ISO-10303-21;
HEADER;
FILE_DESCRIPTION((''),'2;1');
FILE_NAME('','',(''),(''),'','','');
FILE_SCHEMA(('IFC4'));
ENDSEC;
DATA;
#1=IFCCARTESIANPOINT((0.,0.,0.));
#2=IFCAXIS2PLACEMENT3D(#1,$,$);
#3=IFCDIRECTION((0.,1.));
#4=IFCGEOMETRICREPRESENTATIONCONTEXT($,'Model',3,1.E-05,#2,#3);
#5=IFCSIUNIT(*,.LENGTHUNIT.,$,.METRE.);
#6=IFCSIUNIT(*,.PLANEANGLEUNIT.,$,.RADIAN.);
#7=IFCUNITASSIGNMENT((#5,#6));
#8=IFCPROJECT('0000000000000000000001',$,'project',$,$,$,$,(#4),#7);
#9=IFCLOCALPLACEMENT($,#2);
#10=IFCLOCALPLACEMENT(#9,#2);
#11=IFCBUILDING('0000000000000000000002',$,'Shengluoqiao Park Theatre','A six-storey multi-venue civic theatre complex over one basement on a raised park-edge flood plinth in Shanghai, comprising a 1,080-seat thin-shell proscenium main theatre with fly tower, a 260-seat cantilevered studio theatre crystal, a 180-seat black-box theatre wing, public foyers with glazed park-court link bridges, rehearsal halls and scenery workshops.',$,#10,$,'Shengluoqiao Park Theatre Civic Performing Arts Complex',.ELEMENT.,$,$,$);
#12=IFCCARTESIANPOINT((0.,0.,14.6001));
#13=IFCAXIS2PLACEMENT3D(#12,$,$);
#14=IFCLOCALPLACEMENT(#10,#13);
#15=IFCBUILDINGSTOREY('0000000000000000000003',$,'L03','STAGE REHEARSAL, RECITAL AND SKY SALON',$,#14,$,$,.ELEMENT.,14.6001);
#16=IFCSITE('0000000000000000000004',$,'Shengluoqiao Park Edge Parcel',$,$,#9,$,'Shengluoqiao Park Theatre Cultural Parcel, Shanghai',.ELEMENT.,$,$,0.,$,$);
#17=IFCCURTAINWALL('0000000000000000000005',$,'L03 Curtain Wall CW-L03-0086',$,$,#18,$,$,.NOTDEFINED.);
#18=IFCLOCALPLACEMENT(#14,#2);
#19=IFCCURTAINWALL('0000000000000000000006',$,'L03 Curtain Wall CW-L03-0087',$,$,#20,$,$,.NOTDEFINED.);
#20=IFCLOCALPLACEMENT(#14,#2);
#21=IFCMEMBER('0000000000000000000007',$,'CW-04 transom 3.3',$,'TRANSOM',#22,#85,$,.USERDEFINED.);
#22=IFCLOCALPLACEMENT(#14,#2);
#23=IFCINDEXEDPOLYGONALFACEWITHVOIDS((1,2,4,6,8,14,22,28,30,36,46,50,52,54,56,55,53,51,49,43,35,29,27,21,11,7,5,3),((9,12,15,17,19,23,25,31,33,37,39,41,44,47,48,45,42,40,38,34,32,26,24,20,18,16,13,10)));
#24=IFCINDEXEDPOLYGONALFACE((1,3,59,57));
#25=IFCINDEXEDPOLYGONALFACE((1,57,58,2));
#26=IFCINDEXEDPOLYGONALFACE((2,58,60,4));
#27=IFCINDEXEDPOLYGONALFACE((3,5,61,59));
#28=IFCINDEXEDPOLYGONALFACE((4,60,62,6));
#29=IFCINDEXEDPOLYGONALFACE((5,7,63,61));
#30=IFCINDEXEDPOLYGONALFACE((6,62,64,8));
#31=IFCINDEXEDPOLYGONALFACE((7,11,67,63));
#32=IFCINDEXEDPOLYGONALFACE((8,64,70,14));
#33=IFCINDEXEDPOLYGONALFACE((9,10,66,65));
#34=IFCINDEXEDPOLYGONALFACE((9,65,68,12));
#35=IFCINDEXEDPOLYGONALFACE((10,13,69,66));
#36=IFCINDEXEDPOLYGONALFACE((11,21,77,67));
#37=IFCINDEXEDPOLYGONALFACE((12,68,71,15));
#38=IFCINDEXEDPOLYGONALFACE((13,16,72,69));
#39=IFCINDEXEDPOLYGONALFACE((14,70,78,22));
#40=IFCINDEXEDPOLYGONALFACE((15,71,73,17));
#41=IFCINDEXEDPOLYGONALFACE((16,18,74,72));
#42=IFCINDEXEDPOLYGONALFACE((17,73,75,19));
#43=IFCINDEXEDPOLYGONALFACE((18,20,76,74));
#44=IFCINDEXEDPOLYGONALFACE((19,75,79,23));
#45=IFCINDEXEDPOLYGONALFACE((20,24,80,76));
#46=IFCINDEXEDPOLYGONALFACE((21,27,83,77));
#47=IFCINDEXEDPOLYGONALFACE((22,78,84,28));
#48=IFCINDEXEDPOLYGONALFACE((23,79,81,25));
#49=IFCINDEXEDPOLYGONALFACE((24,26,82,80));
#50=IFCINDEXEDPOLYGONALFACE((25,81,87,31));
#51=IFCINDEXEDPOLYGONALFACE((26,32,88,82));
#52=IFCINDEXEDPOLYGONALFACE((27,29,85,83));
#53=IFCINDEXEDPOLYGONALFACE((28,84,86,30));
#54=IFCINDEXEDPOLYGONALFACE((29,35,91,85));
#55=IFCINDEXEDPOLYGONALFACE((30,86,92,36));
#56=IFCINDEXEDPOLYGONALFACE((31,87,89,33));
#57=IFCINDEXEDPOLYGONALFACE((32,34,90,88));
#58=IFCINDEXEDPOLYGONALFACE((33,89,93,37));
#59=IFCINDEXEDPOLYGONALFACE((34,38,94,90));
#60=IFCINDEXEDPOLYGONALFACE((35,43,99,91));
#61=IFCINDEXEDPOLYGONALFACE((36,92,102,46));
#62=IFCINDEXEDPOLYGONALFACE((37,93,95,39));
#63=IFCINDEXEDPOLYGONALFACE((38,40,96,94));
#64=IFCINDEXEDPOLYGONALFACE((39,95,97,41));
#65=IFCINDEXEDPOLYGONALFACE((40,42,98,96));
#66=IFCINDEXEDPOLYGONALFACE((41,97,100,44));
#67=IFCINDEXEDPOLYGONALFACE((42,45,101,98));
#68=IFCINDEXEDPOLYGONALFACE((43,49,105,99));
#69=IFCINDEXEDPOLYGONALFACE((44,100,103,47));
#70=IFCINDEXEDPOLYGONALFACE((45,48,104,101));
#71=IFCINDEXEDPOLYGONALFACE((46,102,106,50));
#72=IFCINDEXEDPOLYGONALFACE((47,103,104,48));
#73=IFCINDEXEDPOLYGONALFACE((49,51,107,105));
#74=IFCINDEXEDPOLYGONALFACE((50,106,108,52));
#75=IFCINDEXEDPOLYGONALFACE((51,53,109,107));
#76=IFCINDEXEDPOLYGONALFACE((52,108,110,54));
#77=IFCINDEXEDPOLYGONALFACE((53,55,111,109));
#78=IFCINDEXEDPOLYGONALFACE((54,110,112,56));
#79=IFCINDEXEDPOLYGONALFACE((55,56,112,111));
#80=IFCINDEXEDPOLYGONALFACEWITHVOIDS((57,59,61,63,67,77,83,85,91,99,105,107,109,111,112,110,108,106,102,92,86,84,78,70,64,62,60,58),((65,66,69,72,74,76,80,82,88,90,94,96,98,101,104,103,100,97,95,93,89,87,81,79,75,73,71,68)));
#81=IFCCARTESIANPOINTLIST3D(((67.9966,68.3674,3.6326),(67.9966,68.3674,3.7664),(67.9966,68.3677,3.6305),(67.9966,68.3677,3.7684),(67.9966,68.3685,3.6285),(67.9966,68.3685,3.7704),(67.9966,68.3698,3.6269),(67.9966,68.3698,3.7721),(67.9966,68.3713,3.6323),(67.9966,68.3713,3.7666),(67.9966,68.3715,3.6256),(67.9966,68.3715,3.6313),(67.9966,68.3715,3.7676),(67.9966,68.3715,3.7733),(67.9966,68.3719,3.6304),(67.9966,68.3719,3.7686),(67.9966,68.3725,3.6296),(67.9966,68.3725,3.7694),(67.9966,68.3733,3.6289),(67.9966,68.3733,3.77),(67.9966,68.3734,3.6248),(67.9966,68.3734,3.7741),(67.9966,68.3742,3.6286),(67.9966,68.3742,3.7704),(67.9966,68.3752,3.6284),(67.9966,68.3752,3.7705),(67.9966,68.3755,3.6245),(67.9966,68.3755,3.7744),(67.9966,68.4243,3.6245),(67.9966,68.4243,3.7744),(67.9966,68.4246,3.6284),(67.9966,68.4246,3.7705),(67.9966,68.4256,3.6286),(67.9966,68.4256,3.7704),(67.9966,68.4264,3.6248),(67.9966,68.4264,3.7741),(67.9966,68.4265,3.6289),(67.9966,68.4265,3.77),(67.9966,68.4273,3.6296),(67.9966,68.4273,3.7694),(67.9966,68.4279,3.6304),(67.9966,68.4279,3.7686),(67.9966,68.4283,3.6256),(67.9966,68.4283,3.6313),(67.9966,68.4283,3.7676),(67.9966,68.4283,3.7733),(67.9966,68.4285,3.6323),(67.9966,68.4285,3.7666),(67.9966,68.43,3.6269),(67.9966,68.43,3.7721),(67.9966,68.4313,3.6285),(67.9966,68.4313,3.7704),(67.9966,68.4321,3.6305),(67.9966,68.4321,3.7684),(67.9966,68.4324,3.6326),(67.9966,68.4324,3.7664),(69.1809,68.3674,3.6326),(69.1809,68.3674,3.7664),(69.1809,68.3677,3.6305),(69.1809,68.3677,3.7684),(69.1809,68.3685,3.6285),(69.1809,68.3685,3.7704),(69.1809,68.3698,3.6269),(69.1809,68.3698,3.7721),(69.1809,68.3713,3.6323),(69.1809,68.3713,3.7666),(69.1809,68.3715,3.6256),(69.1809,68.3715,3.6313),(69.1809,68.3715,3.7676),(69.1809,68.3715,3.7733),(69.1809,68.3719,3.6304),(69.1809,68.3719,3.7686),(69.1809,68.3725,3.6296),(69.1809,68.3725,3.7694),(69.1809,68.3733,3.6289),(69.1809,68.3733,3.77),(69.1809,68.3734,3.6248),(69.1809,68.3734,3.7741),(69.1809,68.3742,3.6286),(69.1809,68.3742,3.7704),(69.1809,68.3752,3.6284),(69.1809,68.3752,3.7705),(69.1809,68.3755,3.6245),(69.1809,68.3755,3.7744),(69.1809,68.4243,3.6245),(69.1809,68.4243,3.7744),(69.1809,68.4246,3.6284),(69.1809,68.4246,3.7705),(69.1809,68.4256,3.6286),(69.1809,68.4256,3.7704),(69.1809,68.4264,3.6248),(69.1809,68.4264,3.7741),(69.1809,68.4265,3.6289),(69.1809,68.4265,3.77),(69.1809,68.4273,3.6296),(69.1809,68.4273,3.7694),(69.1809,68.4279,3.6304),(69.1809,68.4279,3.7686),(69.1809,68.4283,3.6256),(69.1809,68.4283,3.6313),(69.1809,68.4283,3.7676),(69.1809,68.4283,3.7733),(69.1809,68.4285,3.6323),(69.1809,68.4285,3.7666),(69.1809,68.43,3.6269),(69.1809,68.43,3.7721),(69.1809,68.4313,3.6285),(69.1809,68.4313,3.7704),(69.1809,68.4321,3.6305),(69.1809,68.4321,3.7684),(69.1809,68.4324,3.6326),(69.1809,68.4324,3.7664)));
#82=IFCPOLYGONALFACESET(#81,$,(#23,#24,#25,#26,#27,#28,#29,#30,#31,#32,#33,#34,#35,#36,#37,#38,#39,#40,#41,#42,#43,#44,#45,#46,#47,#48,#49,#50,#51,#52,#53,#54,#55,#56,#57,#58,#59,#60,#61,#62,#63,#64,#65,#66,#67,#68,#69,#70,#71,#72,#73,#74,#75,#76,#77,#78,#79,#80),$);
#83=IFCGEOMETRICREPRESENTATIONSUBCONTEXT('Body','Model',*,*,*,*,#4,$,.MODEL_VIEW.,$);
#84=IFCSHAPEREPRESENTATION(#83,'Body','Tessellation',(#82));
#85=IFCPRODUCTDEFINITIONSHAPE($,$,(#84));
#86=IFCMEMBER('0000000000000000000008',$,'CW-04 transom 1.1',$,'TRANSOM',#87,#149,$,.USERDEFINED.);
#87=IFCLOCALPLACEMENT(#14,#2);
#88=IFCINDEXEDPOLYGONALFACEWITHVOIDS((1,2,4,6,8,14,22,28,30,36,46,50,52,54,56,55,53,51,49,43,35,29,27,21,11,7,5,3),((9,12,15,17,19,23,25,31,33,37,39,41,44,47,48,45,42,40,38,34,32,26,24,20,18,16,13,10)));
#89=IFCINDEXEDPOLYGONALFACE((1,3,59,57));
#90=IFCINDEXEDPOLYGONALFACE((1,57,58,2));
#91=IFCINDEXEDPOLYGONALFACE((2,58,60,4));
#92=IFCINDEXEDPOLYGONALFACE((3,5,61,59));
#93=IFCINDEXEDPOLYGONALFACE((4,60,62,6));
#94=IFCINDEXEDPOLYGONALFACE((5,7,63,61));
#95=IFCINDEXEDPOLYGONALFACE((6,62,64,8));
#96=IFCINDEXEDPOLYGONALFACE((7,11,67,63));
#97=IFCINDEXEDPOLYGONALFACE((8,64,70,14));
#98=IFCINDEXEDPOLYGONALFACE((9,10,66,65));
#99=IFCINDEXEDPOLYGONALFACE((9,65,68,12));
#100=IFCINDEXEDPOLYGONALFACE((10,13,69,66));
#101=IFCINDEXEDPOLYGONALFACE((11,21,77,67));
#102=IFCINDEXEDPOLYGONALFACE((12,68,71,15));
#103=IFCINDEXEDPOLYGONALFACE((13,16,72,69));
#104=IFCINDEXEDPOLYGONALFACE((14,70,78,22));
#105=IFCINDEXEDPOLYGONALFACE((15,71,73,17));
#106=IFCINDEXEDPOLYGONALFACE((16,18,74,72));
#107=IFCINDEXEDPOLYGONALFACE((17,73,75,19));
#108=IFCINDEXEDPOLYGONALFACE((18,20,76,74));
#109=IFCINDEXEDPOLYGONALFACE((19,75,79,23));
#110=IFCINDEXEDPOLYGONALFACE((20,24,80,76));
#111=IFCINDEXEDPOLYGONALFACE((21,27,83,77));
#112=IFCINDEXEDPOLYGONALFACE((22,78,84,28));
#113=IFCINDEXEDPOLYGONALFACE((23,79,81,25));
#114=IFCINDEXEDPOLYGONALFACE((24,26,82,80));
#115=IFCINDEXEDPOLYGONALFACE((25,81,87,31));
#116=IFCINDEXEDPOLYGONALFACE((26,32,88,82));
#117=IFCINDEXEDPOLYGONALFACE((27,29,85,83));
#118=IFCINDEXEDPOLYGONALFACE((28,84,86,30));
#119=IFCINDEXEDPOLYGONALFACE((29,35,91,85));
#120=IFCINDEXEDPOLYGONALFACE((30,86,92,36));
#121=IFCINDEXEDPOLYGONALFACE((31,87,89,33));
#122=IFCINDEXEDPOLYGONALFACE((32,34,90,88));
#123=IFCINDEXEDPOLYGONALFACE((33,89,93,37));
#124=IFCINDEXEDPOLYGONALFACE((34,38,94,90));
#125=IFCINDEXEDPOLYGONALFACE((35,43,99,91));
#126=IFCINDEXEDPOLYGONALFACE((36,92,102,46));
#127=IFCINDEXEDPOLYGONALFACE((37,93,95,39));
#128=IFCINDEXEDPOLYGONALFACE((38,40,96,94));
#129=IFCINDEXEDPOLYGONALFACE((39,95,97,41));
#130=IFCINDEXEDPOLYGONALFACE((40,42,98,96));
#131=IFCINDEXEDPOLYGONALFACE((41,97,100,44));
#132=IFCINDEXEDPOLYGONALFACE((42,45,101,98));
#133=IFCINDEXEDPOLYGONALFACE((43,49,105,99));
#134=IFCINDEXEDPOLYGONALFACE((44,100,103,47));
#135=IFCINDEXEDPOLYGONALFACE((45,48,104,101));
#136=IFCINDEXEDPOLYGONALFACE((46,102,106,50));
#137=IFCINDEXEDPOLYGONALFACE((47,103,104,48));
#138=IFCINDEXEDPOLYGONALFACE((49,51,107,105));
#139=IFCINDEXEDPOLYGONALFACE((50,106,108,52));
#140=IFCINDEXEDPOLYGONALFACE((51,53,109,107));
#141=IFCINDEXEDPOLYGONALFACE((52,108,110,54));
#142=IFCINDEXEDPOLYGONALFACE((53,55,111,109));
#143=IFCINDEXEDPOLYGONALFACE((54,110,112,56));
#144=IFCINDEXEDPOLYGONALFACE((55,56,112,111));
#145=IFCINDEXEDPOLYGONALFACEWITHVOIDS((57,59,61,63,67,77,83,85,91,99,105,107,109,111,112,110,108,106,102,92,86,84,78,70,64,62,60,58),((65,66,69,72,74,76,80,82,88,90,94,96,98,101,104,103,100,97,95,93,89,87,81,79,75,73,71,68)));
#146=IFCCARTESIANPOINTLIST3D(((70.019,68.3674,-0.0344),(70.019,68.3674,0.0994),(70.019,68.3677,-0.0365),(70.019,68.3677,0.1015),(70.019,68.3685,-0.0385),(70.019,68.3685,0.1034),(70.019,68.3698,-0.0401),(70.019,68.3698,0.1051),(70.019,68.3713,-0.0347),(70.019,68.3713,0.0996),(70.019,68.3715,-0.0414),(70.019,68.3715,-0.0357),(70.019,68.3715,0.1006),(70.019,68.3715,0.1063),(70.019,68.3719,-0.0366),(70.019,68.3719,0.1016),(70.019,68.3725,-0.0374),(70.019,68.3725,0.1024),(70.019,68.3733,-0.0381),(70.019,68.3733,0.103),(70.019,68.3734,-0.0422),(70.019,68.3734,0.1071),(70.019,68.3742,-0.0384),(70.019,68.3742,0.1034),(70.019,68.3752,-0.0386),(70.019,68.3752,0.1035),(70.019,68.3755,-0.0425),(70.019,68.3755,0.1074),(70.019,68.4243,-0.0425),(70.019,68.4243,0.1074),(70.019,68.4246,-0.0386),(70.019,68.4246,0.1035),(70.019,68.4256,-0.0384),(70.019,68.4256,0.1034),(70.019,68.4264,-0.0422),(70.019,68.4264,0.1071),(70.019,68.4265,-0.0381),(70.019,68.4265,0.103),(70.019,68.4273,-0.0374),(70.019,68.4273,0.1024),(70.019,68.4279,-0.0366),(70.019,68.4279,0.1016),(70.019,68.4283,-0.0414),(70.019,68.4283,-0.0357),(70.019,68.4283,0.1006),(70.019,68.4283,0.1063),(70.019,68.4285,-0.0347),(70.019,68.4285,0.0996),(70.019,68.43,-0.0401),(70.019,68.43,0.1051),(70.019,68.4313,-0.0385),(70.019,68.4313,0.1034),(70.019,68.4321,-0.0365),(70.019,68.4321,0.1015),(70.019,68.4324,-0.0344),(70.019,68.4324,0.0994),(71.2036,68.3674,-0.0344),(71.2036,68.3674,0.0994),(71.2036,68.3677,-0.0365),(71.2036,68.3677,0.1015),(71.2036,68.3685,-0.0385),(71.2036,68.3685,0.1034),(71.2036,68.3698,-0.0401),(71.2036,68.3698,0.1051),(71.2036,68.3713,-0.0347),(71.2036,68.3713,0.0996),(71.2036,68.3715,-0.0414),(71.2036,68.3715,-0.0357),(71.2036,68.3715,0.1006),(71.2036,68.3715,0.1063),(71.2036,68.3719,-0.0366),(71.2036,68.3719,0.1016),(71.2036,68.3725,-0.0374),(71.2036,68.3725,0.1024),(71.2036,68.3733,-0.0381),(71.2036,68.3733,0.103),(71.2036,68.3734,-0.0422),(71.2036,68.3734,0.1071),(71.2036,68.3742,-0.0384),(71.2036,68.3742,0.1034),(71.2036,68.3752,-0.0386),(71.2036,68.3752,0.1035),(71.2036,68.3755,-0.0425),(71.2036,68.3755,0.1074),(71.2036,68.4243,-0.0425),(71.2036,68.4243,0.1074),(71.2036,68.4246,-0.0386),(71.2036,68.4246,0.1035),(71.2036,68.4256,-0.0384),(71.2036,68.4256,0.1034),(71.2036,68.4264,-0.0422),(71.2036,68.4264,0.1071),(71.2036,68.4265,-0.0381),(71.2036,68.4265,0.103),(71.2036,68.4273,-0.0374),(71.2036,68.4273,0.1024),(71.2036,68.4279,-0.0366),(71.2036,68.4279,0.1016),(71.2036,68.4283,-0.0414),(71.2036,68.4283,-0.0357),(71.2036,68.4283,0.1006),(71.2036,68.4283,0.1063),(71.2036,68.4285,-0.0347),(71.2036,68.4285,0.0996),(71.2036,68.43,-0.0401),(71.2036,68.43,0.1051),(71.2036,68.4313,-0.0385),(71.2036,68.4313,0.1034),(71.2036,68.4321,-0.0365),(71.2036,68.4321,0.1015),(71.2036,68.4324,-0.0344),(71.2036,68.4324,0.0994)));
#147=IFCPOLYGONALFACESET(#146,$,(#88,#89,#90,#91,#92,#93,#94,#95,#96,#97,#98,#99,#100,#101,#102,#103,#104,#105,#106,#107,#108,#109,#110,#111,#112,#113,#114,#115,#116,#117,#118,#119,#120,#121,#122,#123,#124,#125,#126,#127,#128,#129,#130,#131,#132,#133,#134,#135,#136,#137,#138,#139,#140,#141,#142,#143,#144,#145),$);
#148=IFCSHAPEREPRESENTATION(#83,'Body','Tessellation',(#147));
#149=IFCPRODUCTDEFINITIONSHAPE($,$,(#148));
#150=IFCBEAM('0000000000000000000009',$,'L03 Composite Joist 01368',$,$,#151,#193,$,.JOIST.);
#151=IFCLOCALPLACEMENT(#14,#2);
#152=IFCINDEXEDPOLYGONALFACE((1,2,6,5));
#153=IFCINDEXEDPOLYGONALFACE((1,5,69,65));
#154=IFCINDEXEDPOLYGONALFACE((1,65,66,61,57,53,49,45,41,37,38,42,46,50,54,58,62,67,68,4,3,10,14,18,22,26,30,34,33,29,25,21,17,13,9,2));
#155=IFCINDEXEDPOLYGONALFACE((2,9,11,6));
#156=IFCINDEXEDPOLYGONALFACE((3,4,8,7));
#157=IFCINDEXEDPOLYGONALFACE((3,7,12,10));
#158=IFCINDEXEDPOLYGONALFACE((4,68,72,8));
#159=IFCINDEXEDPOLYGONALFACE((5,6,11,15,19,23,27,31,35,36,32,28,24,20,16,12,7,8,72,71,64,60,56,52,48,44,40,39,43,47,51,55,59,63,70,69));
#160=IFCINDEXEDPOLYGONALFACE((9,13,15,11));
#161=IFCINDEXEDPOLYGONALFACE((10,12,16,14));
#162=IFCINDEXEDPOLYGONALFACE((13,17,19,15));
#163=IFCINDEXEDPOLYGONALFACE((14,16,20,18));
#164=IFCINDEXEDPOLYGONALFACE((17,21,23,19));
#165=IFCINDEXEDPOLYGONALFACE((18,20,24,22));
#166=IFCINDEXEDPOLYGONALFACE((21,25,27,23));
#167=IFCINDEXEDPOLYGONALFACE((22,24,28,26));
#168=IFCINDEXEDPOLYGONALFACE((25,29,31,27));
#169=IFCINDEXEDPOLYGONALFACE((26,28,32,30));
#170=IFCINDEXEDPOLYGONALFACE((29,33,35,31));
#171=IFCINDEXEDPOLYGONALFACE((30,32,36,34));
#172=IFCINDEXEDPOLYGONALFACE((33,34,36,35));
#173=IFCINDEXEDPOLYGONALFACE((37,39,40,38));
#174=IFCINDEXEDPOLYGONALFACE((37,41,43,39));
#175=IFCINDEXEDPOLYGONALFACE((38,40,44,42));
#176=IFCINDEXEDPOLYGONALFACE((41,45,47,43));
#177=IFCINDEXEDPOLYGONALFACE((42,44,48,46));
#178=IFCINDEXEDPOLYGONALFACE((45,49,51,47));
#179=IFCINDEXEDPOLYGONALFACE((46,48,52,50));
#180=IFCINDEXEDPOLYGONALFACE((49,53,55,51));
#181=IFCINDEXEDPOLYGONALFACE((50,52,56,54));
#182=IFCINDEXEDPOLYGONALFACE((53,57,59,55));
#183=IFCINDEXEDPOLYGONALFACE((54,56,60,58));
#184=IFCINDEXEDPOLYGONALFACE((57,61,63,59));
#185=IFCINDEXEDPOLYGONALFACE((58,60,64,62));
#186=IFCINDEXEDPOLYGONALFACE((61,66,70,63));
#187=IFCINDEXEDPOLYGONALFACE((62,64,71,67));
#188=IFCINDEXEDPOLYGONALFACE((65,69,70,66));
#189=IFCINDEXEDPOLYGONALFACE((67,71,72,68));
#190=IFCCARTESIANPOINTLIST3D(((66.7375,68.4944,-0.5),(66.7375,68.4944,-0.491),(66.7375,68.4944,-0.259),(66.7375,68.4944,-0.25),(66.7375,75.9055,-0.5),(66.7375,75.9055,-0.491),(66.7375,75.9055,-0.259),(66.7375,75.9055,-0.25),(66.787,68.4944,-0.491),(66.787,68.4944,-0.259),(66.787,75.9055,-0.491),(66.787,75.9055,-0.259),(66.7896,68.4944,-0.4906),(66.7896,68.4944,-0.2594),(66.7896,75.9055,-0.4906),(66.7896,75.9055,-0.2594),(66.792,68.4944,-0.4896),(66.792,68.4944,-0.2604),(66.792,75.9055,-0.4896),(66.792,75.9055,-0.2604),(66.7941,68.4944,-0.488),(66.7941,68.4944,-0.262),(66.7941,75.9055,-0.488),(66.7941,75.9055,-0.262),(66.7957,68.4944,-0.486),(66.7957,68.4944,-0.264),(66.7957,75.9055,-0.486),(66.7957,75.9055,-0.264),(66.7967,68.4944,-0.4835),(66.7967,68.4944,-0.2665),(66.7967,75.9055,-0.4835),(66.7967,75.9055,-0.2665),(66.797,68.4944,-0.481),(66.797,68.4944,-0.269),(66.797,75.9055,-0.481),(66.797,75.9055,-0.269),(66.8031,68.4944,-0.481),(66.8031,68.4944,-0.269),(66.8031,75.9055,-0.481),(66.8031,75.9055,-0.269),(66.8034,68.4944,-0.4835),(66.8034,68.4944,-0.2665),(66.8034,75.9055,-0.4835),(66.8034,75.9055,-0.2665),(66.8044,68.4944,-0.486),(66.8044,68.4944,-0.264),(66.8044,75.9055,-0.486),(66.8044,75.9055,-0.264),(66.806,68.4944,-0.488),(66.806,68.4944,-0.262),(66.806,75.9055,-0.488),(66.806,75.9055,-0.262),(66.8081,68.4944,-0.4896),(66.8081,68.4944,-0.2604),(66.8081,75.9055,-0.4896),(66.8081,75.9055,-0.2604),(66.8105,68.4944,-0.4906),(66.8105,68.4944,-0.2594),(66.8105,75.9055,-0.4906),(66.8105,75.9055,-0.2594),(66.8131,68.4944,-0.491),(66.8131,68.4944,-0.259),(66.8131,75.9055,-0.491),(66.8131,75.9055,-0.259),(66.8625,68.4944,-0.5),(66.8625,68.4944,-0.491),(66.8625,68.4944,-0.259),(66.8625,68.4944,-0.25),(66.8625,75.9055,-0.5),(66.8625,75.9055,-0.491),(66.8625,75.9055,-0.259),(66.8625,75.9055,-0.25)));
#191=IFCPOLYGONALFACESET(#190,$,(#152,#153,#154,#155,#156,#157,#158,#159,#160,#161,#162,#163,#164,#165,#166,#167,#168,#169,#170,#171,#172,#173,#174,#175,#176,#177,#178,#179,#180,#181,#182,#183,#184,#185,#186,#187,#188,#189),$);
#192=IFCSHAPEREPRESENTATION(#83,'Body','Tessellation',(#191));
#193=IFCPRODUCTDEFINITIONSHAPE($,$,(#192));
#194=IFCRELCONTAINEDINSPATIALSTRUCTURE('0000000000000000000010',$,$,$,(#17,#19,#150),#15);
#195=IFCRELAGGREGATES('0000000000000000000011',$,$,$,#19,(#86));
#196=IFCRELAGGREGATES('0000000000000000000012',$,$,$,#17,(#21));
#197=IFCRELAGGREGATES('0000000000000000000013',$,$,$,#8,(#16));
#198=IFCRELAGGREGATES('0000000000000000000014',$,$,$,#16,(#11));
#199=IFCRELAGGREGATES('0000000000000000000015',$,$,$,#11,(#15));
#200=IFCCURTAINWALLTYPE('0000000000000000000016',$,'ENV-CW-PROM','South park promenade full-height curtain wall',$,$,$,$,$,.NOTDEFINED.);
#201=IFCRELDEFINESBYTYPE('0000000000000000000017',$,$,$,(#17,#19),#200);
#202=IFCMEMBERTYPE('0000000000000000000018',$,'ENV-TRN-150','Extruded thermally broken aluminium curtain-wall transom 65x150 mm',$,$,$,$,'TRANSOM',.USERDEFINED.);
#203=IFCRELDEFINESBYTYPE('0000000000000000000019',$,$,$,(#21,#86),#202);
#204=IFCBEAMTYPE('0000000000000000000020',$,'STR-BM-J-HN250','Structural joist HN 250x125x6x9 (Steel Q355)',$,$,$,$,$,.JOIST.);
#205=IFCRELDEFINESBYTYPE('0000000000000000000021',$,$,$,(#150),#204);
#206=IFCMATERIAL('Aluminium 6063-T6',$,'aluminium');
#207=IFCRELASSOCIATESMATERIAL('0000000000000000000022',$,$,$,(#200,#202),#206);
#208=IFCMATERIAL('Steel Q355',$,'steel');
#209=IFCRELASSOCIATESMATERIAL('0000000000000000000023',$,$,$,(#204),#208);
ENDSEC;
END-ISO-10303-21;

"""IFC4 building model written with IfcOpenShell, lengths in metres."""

from ifc_helpers import new_model, si_unit, direction, frame, origin, origin_2d, place, context, subcontext, project, spatial, hollow_rectangle, i_section, extrude, material, material_profile, profile_set, type_object, element, aggregate, save


model = new_model("IFC4")

# Units and contexts
model_context = context("Model", 3, precision=1e-05, world=origin(), true_north=direction((0.0, 1.0)))
body_context = subcontext(model_context, "Body", "Model", "MODEL_VIEW")
ifc_project = project(units=[si_unit("LENGTHUNIT", "METRE"), si_unit("PLANEANGLEUNIT", "RADIAN")], contexts=[model_context])

# Site, building, storey
site_placement = place(None, origin())
site = spatial("IfcSite", under=ifc_project, at=site_placement, Name="Shengluoqiao Park Edge Parcel", LongName="Shengluoqiao Park Theatre Cultural Parcel, Shanghai", CompositionType="ELEMENT", RefElevation=0.0)
building_placement = place(site_placement, origin())
building = spatial("IfcBuilding", under=site, at=building_placement, Name="Shengluoqiao Park Theatre", Description="A six-storey multi-venue civic theatre complex over one basement on a raised park-edge flood plinth in Shanghai, comprising a 1,080-seat thin-shell proscenium main theatre with fly tower, a 260-seat cantilevered studio theatre crystal, a 180-seat black-box theatre wing, public foyers with glazed park-court link bridges, rehearsal halls and scenery workshops.", LongName="Shengluoqiao Park Theatre Civic Performing Arts Complex", CompositionType="ELEMENT")
storey_placement = place(building_placement, frame((0.0, 0.0, 14.6001)))
storey = spatial("IfcBuildingStorey", under=building, at=storey_placement, Name="L03", Description="STAGE REHEARSAL, RECITAL AND SKY SALON", CompositionType="ELEMENT", Elevation=14.6001)

# Shared definitions
ifc_material_1 = material(Name="Aluminium 6063-T6", Category="aluminium")
curtain_wall_type = type_object("IfcCurtainWallType", Name="ENV-CW-PROM", Description="South park promenade full-height curtain wall", PredefinedType="NOTDEFINED", material=ifc_material_1)

# Curtain wall
curtain_wall_1_placement = place(storey_placement, origin())
curtain_wall_1 = element("IfcCurtainWall", 1, at=curtain_wall_1_placement, inside=storey, type_object=curtain_wall_type, Name="L03 Curtain Wall CW-L03-0086", PredefinedType="NOTDEFINED")

# Curtain wall
curtain_wall_2_placement = place(storey_placement, origin())
curtain_wall_2 = element("IfcCurtainWall", 2, at=curtain_wall_2_placement, inside=storey, type_object=curtain_wall_type, Name="L03 Curtain Wall CW-L03-0087", PredefinedType="NOTDEFINED")

# Members
ifc_material_profile_1 = material_profile(ifc_material_1, hollow_rectangle(XDim=0.0649, YDim=0.1499, WallThickness=0.0039, InnerFilletRadius=0.0039, OuterFilletRadius=0.0081, at=origin_2d()), Name="ALU TRANSOM 150x65x4")
ifc_profile_set_1 = profile_set([ifc_material_profile_1], Name="Aluminium 6063-T6")
member_type_1 = type_object("IfcMemberType", Name="ENV-TRN-150", Description="Extruded thermally broken aluminium curtain-wall transom 65x150 mm", ElementType="TRANSOM", PredefinedType="USERDEFINED", material=ifc_profile_set_1)
member_1_placement = place(storey_placement, frame((67.9966, 68.3999, 3.6995), z_axis=(1.0, 0.0, 0.0), x_axis=(0.0, 1.0, 0.0)))
member_1 = element("IfcMember", 3, at=member_1_placement, type_object=member_type_1, Name="CW-04 transom 3.3", ObjectType="TRANSOM", PredefinedType="USERDEFINED", context=body_context, shape_type="SweptSolid", body=[
    extrude(hollow_rectangle(XDim=0.0649, YDim=0.1499, WallThickness=0.0039, InnerFilletRadius=0.0039, OuterFilletRadius=0.0081, at=origin_2d()), origin(), (0.0, 0.0, 1.0), 1.1843),
])
member_2_placement = place(storey_placement, frame((70.019, 68.3999, 0.0325), z_axis=(1.0, 0.0, 0.0), x_axis=(0.0, 1.0, 0.0)))
member_2 = element("IfcMember", 4, at=member_2_placement, type_object=member_type_1, Name="CW-04 transom 1.1", ObjectType="TRANSOM", PredefinedType="USERDEFINED", context=body_context, shape_type="SweptSolid", body=[
    extrude(hollow_rectangle(XDim=0.0649, YDim=0.1499, WallThickness=0.0039, InnerFilletRadius=0.0039, OuterFilletRadius=0.0081, at=origin_2d()), origin(), (0.0, 0.0, 1.0), 1.1846),
])
aggregate(curtain_wall_2, [member_2])

# Beam
ifc_material_2 = material(Name="Steel Q355", Category="steel")
ifc_material_profile_2 = material_profile(ifc_material_2, i_section(OverallWidth=0.125, OverallDepth=0.25, WebThickness=0.0061, FlangeThickness=0.009, FilletRadius=0.01, at=origin_2d()), Name="HN 250x125x6x9")
ifc_profile_set_2 = profile_set([ifc_material_profile_2], Name="Steel Q355")
beam_type_1 = type_object("IfcBeamType", Name="STR-BM-J-HN250", Description="Structural joist HN 250x125x6x9 (Steel Q355)", PredefinedType="JOIST", material=ifc_profile_set_2)
beam_1_placement = place(storey_placement, frame((66.8, 68.4944, -0.375), z_axis=(0.0, 1.0, 0.0), x_axis=(-1.0, 0.0, 0.0)))
element("IfcBeam", 5, at=beam_1_placement, inside=storey, type_object=beam_type_1, Name="L03 Composite Joist 01368", PredefinedType="JOIST", context=body_context, shape_type="SweptSolid", body=[
    extrude(i_section(OverallWidth=0.125, OverallDepth=0.25, WebThickness=0.0061, FlangeThickness=0.009, FilletRadius=0.01, at=origin_2d()), origin(), (0.0, 0.0, 1.0), 7.4111),
])

aggregate(curtain_wall_1, [member_1])

save(model, "model.ifc")
